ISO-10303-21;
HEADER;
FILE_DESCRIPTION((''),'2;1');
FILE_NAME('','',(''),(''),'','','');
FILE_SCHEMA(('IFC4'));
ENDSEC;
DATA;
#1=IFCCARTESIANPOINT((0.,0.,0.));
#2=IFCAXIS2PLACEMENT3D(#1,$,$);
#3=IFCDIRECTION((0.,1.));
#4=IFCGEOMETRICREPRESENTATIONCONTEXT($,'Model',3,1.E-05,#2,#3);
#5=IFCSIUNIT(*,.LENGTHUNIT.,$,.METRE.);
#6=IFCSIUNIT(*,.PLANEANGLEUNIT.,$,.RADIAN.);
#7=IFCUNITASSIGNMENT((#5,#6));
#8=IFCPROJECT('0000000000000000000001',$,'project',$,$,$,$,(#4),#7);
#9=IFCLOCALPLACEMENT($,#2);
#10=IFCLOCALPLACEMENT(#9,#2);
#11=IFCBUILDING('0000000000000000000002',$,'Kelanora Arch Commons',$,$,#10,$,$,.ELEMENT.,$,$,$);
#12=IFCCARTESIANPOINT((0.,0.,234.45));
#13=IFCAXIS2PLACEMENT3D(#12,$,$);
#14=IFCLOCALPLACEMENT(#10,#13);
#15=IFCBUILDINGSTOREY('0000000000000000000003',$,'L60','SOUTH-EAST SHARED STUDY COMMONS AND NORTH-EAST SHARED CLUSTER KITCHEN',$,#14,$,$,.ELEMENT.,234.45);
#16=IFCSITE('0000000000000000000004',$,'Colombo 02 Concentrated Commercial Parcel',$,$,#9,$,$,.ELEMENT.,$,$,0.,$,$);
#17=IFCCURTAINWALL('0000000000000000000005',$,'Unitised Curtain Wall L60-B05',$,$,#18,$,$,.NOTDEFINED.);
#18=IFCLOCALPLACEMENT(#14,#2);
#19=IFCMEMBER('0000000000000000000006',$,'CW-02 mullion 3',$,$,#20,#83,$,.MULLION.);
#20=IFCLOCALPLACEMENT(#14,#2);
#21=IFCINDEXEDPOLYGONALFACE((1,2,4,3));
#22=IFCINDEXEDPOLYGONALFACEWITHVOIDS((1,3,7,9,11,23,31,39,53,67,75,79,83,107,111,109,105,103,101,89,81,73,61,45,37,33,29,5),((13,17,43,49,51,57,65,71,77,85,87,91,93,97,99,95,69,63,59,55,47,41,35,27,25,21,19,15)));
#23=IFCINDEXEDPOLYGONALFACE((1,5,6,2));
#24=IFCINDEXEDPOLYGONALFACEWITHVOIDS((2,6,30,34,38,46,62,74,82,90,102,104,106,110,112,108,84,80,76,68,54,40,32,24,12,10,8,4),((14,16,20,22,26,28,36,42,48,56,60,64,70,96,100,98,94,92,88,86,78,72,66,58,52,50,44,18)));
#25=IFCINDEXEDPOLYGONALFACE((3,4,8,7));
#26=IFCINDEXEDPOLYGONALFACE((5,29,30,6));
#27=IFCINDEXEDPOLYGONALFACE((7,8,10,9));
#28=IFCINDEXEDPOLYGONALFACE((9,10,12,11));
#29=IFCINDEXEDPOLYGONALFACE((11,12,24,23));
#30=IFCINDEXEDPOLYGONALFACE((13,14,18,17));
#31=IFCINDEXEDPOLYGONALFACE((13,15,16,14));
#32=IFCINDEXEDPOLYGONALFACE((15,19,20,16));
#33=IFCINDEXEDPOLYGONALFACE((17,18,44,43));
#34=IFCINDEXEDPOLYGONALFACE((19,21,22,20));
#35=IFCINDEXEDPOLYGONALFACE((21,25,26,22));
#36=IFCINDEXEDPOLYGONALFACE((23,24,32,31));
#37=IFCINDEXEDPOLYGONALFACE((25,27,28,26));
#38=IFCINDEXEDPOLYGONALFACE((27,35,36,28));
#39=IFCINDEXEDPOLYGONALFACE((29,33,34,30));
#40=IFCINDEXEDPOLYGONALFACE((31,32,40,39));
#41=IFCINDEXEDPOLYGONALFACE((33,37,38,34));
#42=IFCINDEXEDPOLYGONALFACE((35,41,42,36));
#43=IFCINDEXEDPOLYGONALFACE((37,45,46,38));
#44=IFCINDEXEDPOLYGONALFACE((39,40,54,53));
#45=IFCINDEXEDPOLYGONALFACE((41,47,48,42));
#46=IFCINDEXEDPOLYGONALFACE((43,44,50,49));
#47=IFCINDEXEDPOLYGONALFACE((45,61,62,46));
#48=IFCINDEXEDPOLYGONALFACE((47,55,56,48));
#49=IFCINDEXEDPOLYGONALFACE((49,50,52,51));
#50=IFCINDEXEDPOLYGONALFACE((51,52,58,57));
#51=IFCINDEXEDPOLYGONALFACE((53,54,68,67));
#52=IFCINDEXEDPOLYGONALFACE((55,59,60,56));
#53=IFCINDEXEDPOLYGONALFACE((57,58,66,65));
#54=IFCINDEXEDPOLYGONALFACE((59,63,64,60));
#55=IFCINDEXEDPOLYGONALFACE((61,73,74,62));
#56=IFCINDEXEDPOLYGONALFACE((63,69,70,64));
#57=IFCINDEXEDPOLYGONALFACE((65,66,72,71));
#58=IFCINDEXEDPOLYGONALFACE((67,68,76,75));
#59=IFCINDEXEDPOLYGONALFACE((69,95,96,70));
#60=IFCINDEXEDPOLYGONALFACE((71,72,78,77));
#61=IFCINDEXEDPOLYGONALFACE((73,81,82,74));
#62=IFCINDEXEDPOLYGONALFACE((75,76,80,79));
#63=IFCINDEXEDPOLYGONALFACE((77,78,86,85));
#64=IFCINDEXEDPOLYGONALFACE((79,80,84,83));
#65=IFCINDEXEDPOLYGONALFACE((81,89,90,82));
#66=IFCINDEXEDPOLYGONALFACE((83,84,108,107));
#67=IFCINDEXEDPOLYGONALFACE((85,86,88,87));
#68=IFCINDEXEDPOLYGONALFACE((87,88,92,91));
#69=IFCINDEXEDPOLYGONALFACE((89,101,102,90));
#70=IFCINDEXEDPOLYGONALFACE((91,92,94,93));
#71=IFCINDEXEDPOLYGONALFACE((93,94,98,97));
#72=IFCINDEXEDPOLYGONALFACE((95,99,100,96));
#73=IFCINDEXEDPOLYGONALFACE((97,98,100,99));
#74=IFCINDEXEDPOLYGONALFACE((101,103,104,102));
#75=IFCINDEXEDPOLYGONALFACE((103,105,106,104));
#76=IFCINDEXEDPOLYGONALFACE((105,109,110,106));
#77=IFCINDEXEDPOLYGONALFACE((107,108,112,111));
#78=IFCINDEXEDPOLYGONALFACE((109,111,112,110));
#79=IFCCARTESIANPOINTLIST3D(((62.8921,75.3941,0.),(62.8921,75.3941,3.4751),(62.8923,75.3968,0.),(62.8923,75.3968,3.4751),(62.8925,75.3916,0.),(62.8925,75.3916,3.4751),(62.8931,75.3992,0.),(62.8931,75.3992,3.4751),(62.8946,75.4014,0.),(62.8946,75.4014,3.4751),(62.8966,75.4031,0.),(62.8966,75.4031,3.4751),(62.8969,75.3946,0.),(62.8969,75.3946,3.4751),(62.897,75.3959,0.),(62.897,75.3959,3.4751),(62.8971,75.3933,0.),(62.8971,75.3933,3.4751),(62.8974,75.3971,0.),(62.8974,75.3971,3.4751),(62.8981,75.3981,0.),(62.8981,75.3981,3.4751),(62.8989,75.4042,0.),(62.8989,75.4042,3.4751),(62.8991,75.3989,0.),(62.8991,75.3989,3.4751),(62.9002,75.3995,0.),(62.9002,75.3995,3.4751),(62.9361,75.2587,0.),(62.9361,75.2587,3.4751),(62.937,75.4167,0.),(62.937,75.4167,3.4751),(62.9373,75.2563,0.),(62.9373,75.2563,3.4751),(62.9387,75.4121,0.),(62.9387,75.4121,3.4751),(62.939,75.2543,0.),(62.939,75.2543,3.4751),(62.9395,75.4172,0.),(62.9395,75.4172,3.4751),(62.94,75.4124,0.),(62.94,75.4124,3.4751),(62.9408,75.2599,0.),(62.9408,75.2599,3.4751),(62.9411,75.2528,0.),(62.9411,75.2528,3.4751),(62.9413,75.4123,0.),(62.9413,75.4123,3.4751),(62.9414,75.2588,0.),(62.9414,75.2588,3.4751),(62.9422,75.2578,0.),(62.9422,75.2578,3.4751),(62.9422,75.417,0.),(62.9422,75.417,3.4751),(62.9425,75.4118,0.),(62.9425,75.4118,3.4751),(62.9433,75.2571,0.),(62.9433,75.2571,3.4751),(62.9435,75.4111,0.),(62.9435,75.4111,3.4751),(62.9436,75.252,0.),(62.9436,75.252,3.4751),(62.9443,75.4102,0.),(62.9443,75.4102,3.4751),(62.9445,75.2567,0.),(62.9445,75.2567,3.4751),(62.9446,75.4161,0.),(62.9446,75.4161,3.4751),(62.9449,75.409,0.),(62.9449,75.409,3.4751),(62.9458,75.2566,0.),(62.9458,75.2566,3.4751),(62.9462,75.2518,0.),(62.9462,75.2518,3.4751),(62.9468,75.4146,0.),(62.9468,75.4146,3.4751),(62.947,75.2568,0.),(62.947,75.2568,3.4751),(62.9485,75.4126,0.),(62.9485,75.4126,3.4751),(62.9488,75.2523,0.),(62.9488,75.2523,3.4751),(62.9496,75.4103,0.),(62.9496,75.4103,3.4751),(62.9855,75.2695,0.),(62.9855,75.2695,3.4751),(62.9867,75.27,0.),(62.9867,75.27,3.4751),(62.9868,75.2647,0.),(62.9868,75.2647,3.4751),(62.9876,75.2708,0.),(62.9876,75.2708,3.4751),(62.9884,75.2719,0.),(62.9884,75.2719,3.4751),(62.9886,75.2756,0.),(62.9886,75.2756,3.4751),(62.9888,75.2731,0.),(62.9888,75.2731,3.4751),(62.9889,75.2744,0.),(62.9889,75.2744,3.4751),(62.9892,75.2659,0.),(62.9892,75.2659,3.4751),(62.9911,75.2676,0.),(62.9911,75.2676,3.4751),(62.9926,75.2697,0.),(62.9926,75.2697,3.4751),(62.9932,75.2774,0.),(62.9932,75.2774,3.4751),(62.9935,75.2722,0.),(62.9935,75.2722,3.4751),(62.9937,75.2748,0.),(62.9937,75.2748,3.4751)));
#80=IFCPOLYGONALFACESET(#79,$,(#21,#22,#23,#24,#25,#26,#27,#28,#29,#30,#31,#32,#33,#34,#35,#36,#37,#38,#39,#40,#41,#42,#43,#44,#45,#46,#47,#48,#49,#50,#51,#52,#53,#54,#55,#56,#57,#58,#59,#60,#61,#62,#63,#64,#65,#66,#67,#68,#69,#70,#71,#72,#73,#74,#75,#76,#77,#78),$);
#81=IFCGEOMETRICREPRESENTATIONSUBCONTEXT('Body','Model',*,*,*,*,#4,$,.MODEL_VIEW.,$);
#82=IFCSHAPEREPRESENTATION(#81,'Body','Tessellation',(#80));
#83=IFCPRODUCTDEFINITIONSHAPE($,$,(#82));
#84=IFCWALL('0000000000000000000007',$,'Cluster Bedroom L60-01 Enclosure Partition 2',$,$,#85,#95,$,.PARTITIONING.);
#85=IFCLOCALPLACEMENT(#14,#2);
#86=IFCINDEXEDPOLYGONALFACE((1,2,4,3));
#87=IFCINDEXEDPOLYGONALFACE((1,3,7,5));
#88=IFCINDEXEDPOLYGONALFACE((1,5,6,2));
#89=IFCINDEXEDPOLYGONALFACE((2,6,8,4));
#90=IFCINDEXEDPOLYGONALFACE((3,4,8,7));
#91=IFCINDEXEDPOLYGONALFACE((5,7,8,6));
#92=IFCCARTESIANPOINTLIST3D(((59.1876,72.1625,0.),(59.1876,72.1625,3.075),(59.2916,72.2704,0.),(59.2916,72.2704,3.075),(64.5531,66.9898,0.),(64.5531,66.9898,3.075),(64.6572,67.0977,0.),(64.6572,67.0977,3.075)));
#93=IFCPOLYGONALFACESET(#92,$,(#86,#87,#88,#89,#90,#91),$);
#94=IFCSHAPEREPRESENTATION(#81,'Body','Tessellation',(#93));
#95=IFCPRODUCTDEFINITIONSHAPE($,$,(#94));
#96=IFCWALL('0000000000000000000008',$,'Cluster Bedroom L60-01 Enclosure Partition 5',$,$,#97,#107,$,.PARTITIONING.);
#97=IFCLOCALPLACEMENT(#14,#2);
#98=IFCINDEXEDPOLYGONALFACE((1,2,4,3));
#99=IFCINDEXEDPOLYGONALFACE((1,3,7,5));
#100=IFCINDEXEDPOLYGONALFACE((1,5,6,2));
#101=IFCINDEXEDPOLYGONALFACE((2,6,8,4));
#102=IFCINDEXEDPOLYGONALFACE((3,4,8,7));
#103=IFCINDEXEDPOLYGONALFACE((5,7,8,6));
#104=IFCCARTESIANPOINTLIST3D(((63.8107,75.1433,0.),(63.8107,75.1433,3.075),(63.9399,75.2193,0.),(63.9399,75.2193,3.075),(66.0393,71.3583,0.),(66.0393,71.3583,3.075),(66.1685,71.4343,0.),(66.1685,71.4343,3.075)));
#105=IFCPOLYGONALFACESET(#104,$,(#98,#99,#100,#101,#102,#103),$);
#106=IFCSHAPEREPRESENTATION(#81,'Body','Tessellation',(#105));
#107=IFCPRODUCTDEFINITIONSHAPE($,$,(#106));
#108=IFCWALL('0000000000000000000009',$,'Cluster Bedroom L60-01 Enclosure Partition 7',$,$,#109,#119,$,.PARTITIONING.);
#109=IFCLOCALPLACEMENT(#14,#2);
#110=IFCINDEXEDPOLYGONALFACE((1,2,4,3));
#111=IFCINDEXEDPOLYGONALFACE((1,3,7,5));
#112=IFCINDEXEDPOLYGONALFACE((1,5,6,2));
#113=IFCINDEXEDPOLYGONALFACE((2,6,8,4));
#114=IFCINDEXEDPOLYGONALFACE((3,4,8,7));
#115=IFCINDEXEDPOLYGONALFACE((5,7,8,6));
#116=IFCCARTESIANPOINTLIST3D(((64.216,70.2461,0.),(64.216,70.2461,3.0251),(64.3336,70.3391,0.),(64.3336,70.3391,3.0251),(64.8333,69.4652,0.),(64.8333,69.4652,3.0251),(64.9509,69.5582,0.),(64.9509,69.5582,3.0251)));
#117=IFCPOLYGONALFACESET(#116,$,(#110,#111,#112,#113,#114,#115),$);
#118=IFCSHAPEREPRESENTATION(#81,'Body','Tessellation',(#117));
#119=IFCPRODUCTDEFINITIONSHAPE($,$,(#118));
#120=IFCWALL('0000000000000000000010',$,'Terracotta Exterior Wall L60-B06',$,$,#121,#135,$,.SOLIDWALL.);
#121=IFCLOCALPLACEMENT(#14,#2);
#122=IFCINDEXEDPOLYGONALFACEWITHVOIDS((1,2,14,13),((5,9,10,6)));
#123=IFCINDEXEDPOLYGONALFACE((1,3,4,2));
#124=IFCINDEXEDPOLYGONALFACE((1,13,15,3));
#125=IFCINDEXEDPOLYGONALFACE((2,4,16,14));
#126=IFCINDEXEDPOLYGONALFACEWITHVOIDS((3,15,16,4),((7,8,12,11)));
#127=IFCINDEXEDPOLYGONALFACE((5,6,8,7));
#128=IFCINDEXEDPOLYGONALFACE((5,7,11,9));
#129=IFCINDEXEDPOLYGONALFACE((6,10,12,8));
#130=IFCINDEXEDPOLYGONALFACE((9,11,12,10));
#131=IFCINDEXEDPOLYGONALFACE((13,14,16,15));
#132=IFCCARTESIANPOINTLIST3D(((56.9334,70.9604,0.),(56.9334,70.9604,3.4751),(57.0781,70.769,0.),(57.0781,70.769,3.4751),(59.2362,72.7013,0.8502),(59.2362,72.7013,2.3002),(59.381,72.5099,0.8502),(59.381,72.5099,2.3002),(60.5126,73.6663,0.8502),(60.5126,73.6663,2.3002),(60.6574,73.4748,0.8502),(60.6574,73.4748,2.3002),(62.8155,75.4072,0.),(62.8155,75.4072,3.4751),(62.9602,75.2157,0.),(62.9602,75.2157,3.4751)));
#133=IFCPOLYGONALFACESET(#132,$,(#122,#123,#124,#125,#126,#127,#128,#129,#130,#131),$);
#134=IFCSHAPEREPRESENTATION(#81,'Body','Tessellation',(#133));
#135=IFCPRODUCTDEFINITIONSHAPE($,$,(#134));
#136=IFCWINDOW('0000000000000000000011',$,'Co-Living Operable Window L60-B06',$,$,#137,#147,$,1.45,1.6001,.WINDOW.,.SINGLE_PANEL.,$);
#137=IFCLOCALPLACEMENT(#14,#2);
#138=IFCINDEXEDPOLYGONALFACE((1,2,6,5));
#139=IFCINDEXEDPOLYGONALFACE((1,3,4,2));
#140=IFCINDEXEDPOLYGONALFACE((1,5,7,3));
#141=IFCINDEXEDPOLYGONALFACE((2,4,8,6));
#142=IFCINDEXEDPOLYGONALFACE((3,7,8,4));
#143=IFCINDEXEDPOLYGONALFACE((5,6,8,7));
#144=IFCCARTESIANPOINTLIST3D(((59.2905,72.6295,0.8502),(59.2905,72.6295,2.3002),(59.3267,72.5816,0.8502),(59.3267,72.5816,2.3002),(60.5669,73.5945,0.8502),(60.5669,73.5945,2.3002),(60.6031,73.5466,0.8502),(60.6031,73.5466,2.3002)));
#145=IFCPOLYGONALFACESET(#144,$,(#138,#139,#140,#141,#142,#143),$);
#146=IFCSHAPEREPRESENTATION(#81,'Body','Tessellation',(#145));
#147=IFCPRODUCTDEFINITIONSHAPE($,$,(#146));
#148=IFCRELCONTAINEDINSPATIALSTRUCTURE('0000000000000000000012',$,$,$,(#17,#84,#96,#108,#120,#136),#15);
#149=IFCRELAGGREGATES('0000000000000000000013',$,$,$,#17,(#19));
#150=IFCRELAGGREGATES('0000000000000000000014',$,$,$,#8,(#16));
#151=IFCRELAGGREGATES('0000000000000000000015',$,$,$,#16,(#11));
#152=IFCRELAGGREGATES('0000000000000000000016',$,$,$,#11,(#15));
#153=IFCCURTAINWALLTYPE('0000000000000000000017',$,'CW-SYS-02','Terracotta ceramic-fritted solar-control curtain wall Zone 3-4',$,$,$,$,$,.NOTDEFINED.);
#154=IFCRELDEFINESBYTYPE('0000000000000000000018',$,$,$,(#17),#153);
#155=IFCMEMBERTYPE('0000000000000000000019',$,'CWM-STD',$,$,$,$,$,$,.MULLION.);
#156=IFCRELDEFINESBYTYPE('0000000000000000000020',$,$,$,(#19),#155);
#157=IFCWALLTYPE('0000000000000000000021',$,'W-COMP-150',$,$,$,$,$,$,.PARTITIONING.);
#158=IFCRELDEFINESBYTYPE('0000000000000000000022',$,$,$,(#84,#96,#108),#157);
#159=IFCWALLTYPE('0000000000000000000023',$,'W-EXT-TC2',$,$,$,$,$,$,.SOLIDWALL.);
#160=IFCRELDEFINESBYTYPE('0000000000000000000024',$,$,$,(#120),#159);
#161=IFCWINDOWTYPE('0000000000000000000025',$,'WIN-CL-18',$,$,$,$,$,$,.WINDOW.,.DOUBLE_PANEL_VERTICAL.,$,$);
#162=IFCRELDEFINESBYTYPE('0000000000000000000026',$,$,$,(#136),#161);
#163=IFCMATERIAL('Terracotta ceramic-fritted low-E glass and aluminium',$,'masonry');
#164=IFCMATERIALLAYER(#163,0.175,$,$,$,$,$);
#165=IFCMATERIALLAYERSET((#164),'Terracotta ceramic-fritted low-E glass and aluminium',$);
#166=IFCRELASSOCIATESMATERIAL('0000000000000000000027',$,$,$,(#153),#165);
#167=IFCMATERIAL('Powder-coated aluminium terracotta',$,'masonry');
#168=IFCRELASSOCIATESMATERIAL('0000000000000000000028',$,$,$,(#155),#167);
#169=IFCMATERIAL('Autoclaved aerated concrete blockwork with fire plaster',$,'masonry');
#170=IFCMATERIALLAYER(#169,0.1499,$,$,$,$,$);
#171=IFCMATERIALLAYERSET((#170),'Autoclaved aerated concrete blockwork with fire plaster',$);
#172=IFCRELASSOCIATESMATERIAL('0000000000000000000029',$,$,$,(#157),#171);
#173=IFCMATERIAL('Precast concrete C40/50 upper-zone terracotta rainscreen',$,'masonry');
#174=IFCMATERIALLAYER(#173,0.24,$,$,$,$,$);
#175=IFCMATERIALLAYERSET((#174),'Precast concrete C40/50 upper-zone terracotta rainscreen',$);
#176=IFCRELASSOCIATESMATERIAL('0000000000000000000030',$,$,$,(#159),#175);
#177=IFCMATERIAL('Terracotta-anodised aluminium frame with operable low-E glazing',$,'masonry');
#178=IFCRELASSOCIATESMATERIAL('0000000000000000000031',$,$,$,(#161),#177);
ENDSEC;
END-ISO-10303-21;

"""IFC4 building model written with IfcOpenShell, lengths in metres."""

from ifc_helpers import new_model, si_unit, direction, frame, frame_2d, origin, origin_2d, place, context, subcontext, project, spatial, rectangle, hollow_rectangle, extrude, material, layer, layer_set, material_profile, profile_set, type_object, element, fill, aggregate, save


model = new_model("IFC4")

# Units and contexts
model_context = context("Model", 3, precision=1e-05, world=origin(), true_north=direction((0.0, 1.0)))
body_context = subcontext(model_context, "Body", "Model", "MODEL_VIEW")
ifc_project = project(units=[si_unit("LENGTHUNIT", "METRE"), si_unit("PLANEANGLEUNIT", "RADIAN")], contexts=[model_context])

# Site, building, storey
site_placement = place(None, origin())
site = spatial("IfcSite", under=ifc_project, at=site_placement, Name="Colombo 02 Concentrated Commercial Parcel", CompositionType="ELEMENT", RefElevation=0.0)
building_placement = place(site_placement, origin())
building = spatial("IfcBuilding", under=site, at=building_placement, Name="Kelanora Arch Commons", CompositionType="ELEMENT")
storey_placement = place(building_placement, frame((0.0, 0.0, 234.45)))
storey = spatial("IfcBuildingStorey", under=building, at=storey_placement, Name="L60", Description="SOUTH-EAST SHARED STUDY COMMONS AND NORTH-EAST SHARED CLUSTER KITCHEN", CompositionType="ELEMENT", Elevation=234.45)

# Curtain wall, member
ifc_material_1 = material(Name="Terracotta ceramic-fritted low-E glass and aluminium", Category="masonry")
ifc_layer_1 = layer(ifc_material_1, 0.175)
ifc_layer_set_1 = layer_set([ifc_layer_1], Name="Terracotta ceramic-fritted low-E glass and aluminium")
curtain_wall_type = type_object("IfcCurtainWallType", Name="CW-SYS-02", Description="Terracotta ceramic-fritted solar-control curtain wall Zone 3-4", PredefinedType="NOTDEFINED", material=ifc_layer_set_1)
curtain_wall_placement = place(storey_placement, origin())
curtain_wall = element("IfcCurtainWall", 1, at=curtain_wall_placement, inside=storey, type_object=curtain_wall_type, Name="Unitised Curtain Wall L60-B05", PredefinedType="NOTDEFINED")
ifc_material_2 = material(Name="Powder-coated aluminium terracotta", Category="masonry")
ifc_material_profile_1 = material_profile(ifc_material_2, hollow_rectangle(XDim=0.1599, YDim=0.0601, WallThickness=0.0049, InnerFilletRadius=0.0049, OuterFilletRadius=0.01, at=origin_2d()), Name="CWM160x60")
ifc_profile_set_1 = profile_set([ifc_material_profile_1], Name="Powder-coated aluminium terracotta")
member_type = type_object("IfcMemberType", Name="CWM-STD", PredefinedType="MULLION", material=ifc_profile_set_1)
member_placement = place(storey_placement, frame((62.9429, 75.3345, 0.0), z_axis=(0.0, 0.0, 1.0), x_axis=(0.311582, -0.950219, 0.0)))
member = element("IfcMember", 2, at=member_placement, type_object=member_type, Name="CW-02 mullion 3", PredefinedType="MULLION", context=body_context, shape_type="SweptSolid", body=[
    extrude(hollow_rectangle(XDim=0.1599, YDim=0.0601, WallThickness=0.0049, InnerFilletRadius=0.0049, OuterFilletRadius=0.01, at=origin_2d()), origin(), (0.0, 0.0, 1.0), 3.4751),
])
aggregate(curtain_wall, [member])

# Walls
ifc_material_3 = material(Name="Autoclaved aerated concrete blockwork with fire plaster", Category="masonry")
ifc_layer_2 = layer(ifc_material_3, 0.1499)
ifc_layer_set_2 = layer_set([ifc_layer_2], Name="Autoclaved aerated concrete blockwork with fire plaster")
wall_type_1 = type_object("IfcWallType", Name="W-COMP-150", PredefinedType="PARTITIONING", material=ifc_layer_set_2)
wall_1_placement = place(storey_placement, frame((64.6052, 67.0437, 0.0), z_axis=(0.0, 0.0, 1.0), x_axis=(-0.719928, 0.694049, 0.0)))
element("IfcWall", 3, at=wall_1_placement, inside=storey, type_object=wall_type_1, Name="Cluster Bedroom L60-01 Enclosure Partition 2", PredefinedType="PARTITIONING", context=body_context, shape_type="SweptSolid", body=[
    extrude(rectangle(XDim=7.4529, YDim=0.1499, at=frame_2d((3.7266, 0.0))), origin(), (0.0, 0.0, 1.0), 3.075),
])
wall_2_placement = place(storey_placement, frame((63.8752, 75.1814, 0.0), z_axis=(0.0, 0.0, 1.0), x_axis=(0.507375, -0.861726, 0.0)))
element("IfcWall", 4, at=wall_2_placement, inside=storey, type_object=wall_type_1, Name="Cluster Bedroom L60-01 Enclosure Partition 5", PredefinedType="PARTITIONING", context=body_context, shape_type="SweptSolid", body=[
    extrude(rectangle(XDim=4.3923, YDim=0.1499, at=frame_2d((2.1963, 0.0))), origin(), (0.0, 0.0, 1.0), 3.075),
])
wall_3_placement = place(storey_placement, frame((64.2749, 70.2925, 0.0), z_axis=(0.0, 0.0, 1.0), x_axis=(0.620137, -0.784493, 0.0)))
element("IfcWall", 5, at=wall_3_placement, inside=storey, type_object=wall_type_1, Name="Cluster Bedroom L60-01 Enclosure Partition 7", PredefinedType="PARTITIONING", context=body_context, shape_type="SweptSolid", body=[
    extrude(rectangle(XDim=0.9954, YDim=0.1499, at=frame_2d((0.4976, 0.0))), origin(), (0.0, 0.0, 1.0), 3.0251),
])

# Wall, opening, window
ifc_material_4 = material(Name="Precast concrete C40/50 upper-zone terracotta rainscreen", Category="masonry")
ifc_layer_3 = layer(ifc_material_4, 0.24)
ifc_layer_set_3 = layer_set([ifc_layer_3], Name="Precast concrete C40/50 upper-zone terracotta rainscreen")
wall_type_2 = type_object("IfcWallType", Name="W-EXT-TC2", PredefinedType="SOLIDWALL", material=ifc_layer_set_3)
wall_4_placement = place(storey_placement, frame((62.8879, 75.3115, 0.0), z_axis=(0.0, 0.0, 1.0), x_axis=(-0.797702, -0.603052, 0.0)))
wall_4 = element("IfcWall", 6, at=wall_4_placement, inside=storey, type_object=wall_type_2, Name="Terracotta Exterior Wall L60-B06", PredefinedType="SOLIDWALL", context=body_context, shape_type="SweptSolid", body=[
    extrude(rectangle(XDim=7.3738, YDim=0.24, at=frame_2d((3.687, 0.0))), origin(), (0.0, 0.0, 1.0), 3.4751),
])
opening_1_placement = place(wall_4_placement, frame((2.887, 0.0, 0.8501)))
opening_1 = element("IfcOpeningElement", 7, at=opening_1_placement, cuts=wall_4, PredefinedType="OPENING", context=body_context, shape_type="SweptSolid", body=[
    extrude(rectangle(XDim=1.6001, YDim=1.45, at=frame_2d((0.8, 0.7251))), frame((0.0, 0.1299, 0.0), z_axis=(0.0, -1.0, 0.0), x_axis=(1.0, 0.0, 0.0)), (0.0, 0.0, 1.0), 0.26),
])
ifc_material_5 = material(Name="Terracotta-anodised aluminium frame with operable low-E glazing", Category="masonry")
window_type_1 = type_object("IfcWindowType", Name="WIN-CL-18", PartitioningType="DOUBLE_PANEL_VERTICAL", PredefinedType="WINDOW", material=ifc_material_5)
window_1_placement = place(opening_1_placement, origin())
window_1 = element("IfcWindow", 8, at=window_1_placement, inside=storey, type_object=window_type_1, Name="Co-Living Operable Window L60-B06", OverallHeight=1.45, OverallWidth=1.6001, PartitioningType="SINGLE_PANEL", PredefinedType="WINDOW", context=body_context, shape_type="SweptSolid", body=[
    extrude(rectangle(XDim=1.6001, YDim=1.45, at=frame_2d((0.8, 0.7251))), frame((0.0, 0.03, 0.0), z_axis=(0.0, -1.0, 0.0), x_axis=(1.0, 0.0, 0.0)), (0.0, 0.0, 1.0), 0.0601),
])
fill(opening_1, window_1)

save(model, "model.ifc")
